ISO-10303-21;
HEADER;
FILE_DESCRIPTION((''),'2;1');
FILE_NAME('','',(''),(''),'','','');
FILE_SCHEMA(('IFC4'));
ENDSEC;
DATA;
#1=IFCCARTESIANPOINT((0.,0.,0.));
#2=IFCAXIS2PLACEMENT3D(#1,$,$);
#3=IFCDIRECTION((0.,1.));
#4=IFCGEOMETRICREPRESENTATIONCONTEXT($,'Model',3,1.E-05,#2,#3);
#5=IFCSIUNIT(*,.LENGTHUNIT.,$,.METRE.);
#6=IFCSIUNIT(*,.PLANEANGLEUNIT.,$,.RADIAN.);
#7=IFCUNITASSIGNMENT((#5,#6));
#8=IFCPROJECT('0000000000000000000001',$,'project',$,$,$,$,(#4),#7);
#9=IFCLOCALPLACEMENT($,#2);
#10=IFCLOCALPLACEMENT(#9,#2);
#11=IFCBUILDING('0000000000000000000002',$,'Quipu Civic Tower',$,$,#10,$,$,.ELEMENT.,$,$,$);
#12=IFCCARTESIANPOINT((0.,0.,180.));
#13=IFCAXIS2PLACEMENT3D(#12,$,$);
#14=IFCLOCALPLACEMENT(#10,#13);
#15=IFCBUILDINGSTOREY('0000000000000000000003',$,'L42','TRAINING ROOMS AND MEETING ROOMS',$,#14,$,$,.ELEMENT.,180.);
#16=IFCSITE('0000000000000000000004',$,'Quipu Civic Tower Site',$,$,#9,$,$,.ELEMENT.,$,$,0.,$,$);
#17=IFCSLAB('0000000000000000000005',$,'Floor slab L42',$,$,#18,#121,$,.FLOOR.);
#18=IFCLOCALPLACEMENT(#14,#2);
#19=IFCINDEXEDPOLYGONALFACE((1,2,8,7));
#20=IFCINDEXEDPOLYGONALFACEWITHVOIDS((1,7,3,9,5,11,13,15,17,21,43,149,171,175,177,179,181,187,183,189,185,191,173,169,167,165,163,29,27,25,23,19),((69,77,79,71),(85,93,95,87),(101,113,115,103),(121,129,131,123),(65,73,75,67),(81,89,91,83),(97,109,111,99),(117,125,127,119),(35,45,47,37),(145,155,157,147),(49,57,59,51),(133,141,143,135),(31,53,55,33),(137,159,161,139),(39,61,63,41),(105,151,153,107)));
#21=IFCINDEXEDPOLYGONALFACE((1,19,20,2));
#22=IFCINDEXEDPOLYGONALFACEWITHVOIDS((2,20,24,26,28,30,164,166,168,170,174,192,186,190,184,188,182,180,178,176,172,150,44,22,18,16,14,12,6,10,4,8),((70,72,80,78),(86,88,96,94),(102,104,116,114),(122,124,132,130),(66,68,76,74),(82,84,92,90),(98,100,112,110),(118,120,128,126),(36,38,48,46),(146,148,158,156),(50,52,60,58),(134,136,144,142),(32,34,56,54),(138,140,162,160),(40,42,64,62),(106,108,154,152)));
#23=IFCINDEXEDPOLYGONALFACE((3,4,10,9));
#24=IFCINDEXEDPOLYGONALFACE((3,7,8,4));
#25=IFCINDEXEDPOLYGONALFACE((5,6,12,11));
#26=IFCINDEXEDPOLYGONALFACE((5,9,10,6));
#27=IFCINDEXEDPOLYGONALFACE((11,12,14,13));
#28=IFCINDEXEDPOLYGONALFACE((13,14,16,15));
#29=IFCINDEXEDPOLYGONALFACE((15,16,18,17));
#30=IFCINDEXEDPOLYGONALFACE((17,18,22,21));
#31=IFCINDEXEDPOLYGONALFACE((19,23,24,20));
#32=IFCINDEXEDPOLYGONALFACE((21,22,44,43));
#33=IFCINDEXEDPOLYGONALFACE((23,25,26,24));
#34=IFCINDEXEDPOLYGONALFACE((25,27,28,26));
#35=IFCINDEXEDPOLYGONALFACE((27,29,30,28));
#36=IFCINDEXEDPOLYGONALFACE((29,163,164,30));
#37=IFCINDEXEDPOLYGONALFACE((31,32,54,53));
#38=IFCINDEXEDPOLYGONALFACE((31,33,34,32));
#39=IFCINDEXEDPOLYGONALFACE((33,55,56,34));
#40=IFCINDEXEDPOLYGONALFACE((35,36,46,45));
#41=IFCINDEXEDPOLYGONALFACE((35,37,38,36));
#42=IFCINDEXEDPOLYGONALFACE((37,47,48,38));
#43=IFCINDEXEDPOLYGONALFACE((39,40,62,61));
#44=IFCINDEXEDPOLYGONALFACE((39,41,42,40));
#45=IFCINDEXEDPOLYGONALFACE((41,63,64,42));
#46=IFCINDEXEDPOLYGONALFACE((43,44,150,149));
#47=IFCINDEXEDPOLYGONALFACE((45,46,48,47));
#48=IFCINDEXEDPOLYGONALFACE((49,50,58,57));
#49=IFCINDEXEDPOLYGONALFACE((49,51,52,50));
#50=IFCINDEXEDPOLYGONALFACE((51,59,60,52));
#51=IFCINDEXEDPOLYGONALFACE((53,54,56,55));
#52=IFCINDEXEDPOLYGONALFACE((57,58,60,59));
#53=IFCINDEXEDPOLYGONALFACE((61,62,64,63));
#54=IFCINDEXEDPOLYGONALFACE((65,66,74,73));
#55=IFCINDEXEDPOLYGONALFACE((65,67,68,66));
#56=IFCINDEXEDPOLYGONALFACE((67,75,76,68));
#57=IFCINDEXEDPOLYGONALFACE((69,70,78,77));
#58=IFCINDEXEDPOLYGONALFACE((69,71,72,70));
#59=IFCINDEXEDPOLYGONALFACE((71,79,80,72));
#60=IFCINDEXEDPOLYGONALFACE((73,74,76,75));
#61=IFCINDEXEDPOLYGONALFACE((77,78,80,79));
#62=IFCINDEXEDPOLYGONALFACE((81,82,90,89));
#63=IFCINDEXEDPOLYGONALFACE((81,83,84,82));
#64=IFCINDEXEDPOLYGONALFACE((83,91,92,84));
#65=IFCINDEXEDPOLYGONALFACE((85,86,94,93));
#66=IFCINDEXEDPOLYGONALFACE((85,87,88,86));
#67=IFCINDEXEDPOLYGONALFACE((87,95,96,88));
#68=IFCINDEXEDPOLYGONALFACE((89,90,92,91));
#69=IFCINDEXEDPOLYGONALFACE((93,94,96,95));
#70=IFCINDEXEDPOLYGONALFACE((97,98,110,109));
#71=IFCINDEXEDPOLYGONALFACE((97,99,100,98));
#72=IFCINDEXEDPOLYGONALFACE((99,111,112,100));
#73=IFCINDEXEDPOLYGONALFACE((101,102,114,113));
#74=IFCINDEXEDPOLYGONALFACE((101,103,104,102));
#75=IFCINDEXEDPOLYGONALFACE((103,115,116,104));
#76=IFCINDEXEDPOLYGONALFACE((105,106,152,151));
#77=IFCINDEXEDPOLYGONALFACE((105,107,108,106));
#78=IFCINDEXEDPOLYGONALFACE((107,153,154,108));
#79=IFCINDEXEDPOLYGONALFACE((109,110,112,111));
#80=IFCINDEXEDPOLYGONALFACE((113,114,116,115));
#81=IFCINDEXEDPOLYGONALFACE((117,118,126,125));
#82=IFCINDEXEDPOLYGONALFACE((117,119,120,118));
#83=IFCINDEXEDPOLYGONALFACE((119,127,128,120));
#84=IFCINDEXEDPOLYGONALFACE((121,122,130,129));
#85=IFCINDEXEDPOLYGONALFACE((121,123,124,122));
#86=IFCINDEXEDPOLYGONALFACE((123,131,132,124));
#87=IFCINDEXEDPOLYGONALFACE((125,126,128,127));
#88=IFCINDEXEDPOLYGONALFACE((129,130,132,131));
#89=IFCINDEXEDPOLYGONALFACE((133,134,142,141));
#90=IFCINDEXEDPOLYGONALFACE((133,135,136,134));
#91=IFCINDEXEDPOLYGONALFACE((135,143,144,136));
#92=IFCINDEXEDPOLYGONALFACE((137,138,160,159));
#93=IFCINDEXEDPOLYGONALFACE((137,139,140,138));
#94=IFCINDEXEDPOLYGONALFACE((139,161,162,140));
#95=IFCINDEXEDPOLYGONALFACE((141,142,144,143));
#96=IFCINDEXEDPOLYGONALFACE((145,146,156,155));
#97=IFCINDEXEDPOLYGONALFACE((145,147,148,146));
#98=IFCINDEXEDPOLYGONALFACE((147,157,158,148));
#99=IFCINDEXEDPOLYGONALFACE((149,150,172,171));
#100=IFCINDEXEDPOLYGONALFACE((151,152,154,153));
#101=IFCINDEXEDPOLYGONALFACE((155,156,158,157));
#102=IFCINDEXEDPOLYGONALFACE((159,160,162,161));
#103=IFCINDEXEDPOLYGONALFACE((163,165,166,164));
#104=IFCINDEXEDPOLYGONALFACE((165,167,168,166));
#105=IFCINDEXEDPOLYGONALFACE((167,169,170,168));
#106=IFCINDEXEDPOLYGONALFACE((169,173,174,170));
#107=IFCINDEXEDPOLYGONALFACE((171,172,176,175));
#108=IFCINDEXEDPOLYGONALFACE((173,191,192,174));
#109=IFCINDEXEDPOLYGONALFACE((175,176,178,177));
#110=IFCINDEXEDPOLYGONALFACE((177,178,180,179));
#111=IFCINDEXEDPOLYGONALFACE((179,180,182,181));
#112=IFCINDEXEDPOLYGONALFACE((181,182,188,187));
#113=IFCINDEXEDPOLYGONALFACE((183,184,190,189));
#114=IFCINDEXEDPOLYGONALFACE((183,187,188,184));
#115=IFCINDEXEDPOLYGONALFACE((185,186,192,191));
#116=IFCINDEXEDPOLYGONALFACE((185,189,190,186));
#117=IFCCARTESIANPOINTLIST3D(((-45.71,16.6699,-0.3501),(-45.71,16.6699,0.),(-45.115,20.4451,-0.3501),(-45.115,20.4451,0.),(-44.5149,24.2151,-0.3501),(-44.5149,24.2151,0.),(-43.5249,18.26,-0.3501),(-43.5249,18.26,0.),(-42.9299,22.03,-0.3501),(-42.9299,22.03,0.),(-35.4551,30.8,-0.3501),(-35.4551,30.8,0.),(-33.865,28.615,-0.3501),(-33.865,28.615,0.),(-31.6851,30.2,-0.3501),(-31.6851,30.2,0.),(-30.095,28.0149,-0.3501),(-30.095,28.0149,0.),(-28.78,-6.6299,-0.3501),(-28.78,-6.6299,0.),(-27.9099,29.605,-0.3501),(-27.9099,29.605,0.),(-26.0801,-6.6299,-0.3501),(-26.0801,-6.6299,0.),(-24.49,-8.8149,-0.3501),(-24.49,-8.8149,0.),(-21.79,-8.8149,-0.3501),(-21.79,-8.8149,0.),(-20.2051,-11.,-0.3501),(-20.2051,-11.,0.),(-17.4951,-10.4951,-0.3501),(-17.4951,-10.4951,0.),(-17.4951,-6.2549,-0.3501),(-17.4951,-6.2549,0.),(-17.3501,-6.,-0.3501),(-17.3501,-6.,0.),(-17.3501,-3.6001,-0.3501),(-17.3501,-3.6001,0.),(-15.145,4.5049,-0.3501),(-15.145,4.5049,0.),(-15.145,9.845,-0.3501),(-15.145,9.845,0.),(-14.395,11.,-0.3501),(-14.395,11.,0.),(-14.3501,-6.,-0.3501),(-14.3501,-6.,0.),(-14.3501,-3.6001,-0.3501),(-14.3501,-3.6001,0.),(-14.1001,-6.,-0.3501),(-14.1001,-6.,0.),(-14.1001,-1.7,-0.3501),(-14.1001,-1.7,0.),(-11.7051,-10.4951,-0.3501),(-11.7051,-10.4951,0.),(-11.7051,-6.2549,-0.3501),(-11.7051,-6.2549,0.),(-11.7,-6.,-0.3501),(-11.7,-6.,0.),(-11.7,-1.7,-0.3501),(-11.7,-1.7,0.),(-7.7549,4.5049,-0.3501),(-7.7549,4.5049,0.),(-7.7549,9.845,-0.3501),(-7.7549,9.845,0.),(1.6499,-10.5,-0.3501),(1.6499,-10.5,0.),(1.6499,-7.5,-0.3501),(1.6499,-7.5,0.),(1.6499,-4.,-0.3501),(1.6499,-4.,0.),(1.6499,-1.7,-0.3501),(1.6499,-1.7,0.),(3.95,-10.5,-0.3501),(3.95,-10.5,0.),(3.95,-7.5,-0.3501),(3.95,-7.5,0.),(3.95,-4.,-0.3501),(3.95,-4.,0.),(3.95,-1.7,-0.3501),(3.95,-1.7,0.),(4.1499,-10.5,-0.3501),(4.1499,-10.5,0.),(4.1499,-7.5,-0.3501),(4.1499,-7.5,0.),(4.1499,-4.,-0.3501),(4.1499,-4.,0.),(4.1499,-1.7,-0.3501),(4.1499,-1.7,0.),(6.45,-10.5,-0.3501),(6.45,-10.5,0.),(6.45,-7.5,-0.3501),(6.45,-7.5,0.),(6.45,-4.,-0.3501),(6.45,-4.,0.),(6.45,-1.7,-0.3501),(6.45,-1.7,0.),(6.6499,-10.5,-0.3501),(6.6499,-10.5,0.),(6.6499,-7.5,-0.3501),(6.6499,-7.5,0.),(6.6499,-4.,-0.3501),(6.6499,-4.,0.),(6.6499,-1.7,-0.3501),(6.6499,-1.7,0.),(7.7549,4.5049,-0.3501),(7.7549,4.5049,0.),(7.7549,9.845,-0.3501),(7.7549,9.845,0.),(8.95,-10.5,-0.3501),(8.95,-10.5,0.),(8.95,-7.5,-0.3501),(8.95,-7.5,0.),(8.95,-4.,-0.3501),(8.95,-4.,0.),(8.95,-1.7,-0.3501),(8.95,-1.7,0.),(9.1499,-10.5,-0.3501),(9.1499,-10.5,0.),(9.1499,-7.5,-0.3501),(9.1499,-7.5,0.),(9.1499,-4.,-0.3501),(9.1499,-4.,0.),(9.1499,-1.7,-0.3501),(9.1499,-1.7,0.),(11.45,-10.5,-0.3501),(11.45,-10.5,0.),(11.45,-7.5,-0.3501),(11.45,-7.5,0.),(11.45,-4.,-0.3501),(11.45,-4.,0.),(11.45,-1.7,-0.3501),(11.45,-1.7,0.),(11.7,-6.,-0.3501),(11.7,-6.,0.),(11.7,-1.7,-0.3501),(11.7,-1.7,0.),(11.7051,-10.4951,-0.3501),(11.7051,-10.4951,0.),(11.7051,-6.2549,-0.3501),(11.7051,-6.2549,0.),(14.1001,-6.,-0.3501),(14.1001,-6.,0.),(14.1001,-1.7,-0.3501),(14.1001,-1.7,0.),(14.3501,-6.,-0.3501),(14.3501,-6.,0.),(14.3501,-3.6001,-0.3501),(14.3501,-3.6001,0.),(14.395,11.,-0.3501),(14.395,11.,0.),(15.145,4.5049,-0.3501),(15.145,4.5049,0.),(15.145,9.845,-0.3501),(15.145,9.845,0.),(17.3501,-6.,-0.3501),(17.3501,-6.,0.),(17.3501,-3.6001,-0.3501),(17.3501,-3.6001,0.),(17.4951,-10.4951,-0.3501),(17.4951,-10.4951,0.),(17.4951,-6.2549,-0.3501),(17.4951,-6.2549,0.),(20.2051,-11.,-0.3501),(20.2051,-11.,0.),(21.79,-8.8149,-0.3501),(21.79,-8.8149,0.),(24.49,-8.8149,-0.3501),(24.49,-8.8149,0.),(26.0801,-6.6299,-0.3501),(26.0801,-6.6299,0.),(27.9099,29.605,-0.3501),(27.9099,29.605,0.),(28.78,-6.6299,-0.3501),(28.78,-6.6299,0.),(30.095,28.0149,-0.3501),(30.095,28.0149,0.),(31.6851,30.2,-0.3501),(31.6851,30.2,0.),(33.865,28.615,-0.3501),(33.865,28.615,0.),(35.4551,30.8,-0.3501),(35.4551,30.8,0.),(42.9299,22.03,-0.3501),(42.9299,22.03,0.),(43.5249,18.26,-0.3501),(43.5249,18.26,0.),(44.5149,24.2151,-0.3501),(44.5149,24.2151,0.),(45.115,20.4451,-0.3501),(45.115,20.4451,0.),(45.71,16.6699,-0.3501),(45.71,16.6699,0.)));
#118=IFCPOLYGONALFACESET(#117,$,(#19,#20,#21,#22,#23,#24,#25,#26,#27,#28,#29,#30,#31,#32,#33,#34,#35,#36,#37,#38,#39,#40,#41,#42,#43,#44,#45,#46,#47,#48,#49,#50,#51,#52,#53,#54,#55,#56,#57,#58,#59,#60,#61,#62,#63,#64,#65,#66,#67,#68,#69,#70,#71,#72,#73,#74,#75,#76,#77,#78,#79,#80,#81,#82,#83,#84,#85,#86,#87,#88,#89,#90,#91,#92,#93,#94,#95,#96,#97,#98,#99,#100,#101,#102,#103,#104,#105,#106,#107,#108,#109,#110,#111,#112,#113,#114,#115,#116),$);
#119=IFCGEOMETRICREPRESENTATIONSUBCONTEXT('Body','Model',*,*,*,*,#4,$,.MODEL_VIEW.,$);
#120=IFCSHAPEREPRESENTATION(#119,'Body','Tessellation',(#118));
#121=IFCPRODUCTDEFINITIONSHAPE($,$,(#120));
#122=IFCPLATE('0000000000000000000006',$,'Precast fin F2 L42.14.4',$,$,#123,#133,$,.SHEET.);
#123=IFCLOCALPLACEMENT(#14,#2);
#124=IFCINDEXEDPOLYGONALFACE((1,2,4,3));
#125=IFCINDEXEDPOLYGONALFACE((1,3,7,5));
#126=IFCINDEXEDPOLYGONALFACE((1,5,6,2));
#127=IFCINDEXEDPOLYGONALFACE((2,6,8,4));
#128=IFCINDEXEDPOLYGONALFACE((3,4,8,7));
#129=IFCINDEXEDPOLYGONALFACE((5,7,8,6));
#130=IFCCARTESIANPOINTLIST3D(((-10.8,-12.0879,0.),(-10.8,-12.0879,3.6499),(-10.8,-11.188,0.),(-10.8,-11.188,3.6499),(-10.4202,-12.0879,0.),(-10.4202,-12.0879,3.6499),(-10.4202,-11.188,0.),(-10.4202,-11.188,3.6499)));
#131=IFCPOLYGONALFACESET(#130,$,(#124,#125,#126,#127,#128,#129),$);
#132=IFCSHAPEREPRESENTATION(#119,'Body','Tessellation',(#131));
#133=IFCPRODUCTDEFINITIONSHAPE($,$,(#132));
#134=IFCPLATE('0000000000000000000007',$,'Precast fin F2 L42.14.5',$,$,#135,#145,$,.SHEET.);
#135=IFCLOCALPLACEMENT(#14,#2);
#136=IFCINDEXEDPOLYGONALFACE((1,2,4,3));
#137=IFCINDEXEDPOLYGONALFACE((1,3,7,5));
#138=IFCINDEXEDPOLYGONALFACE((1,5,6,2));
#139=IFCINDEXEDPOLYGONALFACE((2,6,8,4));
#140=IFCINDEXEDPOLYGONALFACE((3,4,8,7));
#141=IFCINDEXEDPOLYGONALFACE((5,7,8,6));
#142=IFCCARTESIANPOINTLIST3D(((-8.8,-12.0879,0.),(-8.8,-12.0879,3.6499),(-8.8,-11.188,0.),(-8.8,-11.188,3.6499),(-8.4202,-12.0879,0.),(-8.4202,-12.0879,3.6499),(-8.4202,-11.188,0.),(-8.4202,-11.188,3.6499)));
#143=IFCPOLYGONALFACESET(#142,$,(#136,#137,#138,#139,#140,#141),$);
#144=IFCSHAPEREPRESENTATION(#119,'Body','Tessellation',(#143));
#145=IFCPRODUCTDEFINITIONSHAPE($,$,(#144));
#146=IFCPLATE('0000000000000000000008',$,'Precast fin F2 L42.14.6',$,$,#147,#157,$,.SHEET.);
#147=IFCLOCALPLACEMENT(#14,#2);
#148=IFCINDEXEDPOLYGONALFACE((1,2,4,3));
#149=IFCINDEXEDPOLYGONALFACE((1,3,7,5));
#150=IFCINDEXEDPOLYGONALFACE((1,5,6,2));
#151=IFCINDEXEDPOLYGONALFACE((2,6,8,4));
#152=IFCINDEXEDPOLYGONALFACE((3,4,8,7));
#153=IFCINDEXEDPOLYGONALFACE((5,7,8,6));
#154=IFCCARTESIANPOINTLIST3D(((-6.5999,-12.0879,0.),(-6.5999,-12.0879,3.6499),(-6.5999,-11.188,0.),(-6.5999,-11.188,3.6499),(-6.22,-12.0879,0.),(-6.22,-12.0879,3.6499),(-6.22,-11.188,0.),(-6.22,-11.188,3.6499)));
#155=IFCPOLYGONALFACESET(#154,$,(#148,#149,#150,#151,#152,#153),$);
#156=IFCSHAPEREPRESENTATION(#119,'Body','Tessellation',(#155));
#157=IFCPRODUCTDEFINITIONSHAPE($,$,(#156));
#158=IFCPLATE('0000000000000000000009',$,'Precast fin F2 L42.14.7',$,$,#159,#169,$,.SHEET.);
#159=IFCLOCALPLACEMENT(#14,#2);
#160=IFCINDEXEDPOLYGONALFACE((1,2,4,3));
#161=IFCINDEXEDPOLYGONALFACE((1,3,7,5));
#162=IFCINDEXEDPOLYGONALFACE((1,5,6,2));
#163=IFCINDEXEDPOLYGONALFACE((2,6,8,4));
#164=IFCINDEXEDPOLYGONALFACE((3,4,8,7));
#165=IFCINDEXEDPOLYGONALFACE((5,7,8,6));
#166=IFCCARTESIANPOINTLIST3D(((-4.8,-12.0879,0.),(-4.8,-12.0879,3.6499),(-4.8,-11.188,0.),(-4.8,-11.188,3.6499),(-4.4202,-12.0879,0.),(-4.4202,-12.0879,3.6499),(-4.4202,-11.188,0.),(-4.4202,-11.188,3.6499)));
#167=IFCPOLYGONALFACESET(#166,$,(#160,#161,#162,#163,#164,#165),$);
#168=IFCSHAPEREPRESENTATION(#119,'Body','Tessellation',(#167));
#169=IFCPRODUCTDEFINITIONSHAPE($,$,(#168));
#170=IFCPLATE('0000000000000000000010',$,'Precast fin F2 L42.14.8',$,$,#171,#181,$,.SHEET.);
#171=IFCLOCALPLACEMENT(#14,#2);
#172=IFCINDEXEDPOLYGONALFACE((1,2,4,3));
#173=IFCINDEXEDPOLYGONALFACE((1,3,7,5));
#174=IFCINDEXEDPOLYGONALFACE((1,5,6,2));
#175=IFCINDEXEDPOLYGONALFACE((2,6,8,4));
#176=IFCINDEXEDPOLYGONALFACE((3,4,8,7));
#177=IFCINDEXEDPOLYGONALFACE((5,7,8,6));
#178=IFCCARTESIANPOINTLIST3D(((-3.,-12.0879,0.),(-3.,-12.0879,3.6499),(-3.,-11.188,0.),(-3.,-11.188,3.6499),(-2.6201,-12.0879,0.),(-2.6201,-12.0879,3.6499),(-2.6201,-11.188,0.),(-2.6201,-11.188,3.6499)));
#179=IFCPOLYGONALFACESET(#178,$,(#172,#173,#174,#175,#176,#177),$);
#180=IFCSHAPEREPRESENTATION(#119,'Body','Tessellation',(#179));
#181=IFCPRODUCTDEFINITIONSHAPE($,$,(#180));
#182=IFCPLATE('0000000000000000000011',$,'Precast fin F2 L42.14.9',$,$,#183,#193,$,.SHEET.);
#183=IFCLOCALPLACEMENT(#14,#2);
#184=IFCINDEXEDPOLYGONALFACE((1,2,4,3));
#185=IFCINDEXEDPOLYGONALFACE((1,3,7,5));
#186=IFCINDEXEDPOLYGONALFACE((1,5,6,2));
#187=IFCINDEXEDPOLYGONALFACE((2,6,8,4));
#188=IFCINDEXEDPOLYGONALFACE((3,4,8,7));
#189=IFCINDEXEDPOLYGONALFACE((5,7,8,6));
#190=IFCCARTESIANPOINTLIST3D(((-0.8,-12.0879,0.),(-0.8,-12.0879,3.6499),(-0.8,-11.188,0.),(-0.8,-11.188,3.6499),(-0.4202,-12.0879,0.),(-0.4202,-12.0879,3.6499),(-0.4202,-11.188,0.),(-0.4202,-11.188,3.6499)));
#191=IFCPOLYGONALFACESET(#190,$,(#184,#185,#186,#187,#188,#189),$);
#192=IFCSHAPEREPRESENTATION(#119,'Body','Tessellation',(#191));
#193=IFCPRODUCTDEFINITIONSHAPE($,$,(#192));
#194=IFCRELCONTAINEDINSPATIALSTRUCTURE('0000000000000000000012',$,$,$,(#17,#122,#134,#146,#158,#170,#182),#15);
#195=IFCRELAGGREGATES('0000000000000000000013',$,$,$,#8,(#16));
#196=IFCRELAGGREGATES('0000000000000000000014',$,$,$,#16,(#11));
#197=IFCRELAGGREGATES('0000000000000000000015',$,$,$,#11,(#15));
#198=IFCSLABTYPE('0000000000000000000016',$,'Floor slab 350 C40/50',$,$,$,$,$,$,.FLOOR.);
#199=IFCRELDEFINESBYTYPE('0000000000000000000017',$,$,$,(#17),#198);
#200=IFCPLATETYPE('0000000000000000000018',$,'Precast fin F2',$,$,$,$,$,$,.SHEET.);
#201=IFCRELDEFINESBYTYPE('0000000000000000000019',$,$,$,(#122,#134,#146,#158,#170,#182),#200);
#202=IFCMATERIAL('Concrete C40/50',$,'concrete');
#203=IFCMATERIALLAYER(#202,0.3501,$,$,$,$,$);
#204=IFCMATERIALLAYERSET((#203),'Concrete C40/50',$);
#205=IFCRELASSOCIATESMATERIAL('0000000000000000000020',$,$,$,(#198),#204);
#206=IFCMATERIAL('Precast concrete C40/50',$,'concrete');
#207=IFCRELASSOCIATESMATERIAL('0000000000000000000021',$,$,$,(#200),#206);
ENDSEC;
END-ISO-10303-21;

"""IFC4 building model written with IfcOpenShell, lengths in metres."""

from ifc_helpers import new_model, si_unit, direction, frame, origin, origin_2d, place, context, subcontext, project, spatial, polyline, rectangle, outline, extrude, material, layer, layer_set, type_object, element, save


model = new_model("IFC4")

# Units and contexts
model_context = context("Model", 3, precision=1e-05, world=origin(), true_north=direction((0.0, 1.0)))
body_context = subcontext(model_context, "Body", "Model", "MODEL_VIEW")
ifc_project = project(units=[si_unit("LENGTHUNIT", "METRE"), si_unit("PLANEANGLEUNIT", "RADIAN")], contexts=[model_context])

# Site, building, storey
site_placement = place(None, origin())
site = spatial("IfcSite", under=ifc_project, at=site_placement, Name="Quipu Civic Tower Site", CompositionType="ELEMENT", RefElevation=0.0)
building_placement = place(site_placement, origin())
building = spatial("IfcBuilding", under=site, at=building_placement, Name="Quipu Civic Tower", CompositionType="ELEMENT")
storey_placement = place(building_placement, frame((0.0, 0.0, 180.0)))
storey = spatial("IfcBuildingStorey", under=building, at=storey_placement, Name="L42", Description="TRAINING ROOMS AND MEETING ROOMS", CompositionType="ELEMENT", Elevation=180.0)

# Slab
ifc_material_1 = material(Name="Concrete C40/50", Category="concrete")
ifc_layer_1 = layer(ifc_material_1, 0.3501)
ifc_layer_set_1 = layer_set([ifc_layer_1], Name="Concrete C40/50")
slab_type_1 = type_object("IfcSlabType", Name="Floor slab 350 C40/50", PredefinedType="FLOOR", material=ifc_layer_set_1)
slab_1_placement = place(storey_placement, frame((0.0, 0.0, -0.3501)))
element("IfcSlab", 1, at=slab_1_placement, inside=storey, type_object=slab_type_1, Name="Floor slab L42", PredefinedType="FLOOR", context=body_context, shape_type="SweptSolid", body=[
    extrude(outline(polyline([(27.9099, 29.605), (30.095, 28.0149), (31.6851, 30.2), (33.865, 28.615), (35.4551, 30.8), (44.5149, 24.2151), (42.9299, 22.03), (45.115, 20.4451), (43.5249, 18.26), (45.71, 16.6699), (28.78, -6.6299), (26.0801, -6.6299), (24.49, -8.8149), (21.79, -8.8149), (20.2051, -11.0), (-20.2051, -11.0), (-21.79, -8.8149), (-24.49, -8.8149), (-26.0801, -6.6299), (-28.78, -6.6299), (-45.71, 16.6699), (-43.5249, 18.26), (-45.115, 20.4451), (-42.9299, 22.03), (-44.5149, 24.2151), (-35.4551, 30.8), (-33.865, 28.615), (-31.6851, 30.2), (-30.095, 28.0149), (-27.9099, 29.605), (-14.395, 11.0), (14.395, 11.0), (27.9099, 29.605)]), holes=[polyline([(1.6499, -7.5), (1.6499, -10.5), (3.95, -10.5), (3.95, -7.5), (1.6499, -7.5)]), polyline([(4.1499, -7.5), (4.1499, -10.5), (6.45, -10.5), (6.45, -7.5), (4.1499, -7.5)]), polyline([(-11.7051, -6.2549), (-17.4951, -6.2549), (-17.4951, -10.4951), (-11.7051, -10.4951), (-11.7051, -6.2549)]), polyline([(-17.3501, -3.6001), (-17.3501, -6.0), (-14.3501, -6.0), (-14.3501, -3.6001), (-17.3501, -3.6001)]), polyline([(-14.1001, -1.7), (-14.1001, -6.0), (-11.7, -6.0), (-11.7, -1.7), (-14.1001, -1.7)]), polyline([(1.6499, -1.7), (1.6499, -4.0), (3.95, -4.0), (3.95, -1.7), (1.6499, -1.7)]), polyline([(4.1499, -1.7), (4.1499, -4.0), (6.45, -4.0), (6.45, -1.7), (4.1499, -1.7)]), polyline([(-7.7549, 9.845), (-15.145, 9.845), (-15.145, 4.5049), (-7.7549, 4.5049), (-7.7549, 9.845)]), polyline([(6.6499, -7.5), (6.6499, -10.5), (8.95, -10.5), (8.95, -7.5), (6.6499, -7.5)]), polyline([(9.1499, -7.5), (9.1499, -10.5), (11.45, -10.5), (11.45, -7.5), (9.1499, -7.5)]), polyline([(11.7051, -10.4951), (17.4951, -10.4951), (17.4951, -6.2549), (11.7051, -6.2549), (11.7051, -10.4951)]), polyline([(14.3501, -3.6001), (14.3501, -6.0), (17.3501, -6.0), (17.3501, -3.6001), (14.3501, -3.6001)]), polyline([(11.7, -1.7), (11.7, -6.0), (14.1001, -6.0), (14.1001, -1.7), (11.7, -1.7)]), polyline([(6.6499, -1.7), (6.6499, -4.0), (8.95, -4.0), (8.95, -1.7), (6.6499, -1.7)]), polyline([(9.1499, -1.7), (9.1499, -4.0), (11.45, -4.0), (11.45, -1.7), (9.1499, -1.7)]), polyline([(7.7549, 4.5049), (15.145, 4.5049), (15.145, 9.845), (7.7549, 9.845), (7.7549, 4.5049)])]), origin(), (0.0, 0.0, 1.0), 0.3501),
])

# Plates
ifc_material_2 = material(Name="Precast concrete C40/50", Category="concrete")
plate_type = type_object("IfcPlateType", Name="Precast fin F2", PredefinedType="SHEET", material=ifc_material_2)
for number, where, z_axis, x_axis, name in (
    (2, (-10.6101, -11.6379, 0.0), (0.0, 0.0, 1.0), (1.0, 0.0, 0.0), "Precast fin F2 L42.14.4"),
    (3, (-8.6101, -11.6379, 0.0), (0.0, 0.0, 1.0), (1.0, 0.0, 0.0), "Precast fin F2 L42.14.5"),
    (4, (-6.4099, -11.6379, 0.0), (0.0, 0.0, 1.0), (1.0, 0.0, 0.0), "Precast fin F2 L42.14.6"),
    (5, (-4.6101, -11.6379, 0.0), (0.0, 0.0, 1.0), (1.0, 0.0, 0.0), "Precast fin F2 L42.14.7"),
    (6, (-2.8101, -11.6379, 0.0), (0.0, 0.0, 1.0), (1.0, 0.0, 0.0), "Precast fin F2 L42.14.8"),
    (7, (-0.6101, -11.6379, 0.0), (0.0, 0.0, 1.0), (1.0, 0.0, 0.0), "Precast fin F2 L42.14.9"),
):
    element("IfcPlate", number, at=place(storey_placement, frame(where, z_axis=z_axis, x_axis=x_axis)), inside=storey, type_object=plate_type, Name=name, PredefinedType="SHEET", context=body_context, shape_type="SweptSolid", body=[
        extrude(rectangle(XDim=0.3799, YDim=0.8999, at=origin_2d()), origin(), (0.0, 0.0, 1.0), 3.6499),
    ])

save(model, "model.ifc")
